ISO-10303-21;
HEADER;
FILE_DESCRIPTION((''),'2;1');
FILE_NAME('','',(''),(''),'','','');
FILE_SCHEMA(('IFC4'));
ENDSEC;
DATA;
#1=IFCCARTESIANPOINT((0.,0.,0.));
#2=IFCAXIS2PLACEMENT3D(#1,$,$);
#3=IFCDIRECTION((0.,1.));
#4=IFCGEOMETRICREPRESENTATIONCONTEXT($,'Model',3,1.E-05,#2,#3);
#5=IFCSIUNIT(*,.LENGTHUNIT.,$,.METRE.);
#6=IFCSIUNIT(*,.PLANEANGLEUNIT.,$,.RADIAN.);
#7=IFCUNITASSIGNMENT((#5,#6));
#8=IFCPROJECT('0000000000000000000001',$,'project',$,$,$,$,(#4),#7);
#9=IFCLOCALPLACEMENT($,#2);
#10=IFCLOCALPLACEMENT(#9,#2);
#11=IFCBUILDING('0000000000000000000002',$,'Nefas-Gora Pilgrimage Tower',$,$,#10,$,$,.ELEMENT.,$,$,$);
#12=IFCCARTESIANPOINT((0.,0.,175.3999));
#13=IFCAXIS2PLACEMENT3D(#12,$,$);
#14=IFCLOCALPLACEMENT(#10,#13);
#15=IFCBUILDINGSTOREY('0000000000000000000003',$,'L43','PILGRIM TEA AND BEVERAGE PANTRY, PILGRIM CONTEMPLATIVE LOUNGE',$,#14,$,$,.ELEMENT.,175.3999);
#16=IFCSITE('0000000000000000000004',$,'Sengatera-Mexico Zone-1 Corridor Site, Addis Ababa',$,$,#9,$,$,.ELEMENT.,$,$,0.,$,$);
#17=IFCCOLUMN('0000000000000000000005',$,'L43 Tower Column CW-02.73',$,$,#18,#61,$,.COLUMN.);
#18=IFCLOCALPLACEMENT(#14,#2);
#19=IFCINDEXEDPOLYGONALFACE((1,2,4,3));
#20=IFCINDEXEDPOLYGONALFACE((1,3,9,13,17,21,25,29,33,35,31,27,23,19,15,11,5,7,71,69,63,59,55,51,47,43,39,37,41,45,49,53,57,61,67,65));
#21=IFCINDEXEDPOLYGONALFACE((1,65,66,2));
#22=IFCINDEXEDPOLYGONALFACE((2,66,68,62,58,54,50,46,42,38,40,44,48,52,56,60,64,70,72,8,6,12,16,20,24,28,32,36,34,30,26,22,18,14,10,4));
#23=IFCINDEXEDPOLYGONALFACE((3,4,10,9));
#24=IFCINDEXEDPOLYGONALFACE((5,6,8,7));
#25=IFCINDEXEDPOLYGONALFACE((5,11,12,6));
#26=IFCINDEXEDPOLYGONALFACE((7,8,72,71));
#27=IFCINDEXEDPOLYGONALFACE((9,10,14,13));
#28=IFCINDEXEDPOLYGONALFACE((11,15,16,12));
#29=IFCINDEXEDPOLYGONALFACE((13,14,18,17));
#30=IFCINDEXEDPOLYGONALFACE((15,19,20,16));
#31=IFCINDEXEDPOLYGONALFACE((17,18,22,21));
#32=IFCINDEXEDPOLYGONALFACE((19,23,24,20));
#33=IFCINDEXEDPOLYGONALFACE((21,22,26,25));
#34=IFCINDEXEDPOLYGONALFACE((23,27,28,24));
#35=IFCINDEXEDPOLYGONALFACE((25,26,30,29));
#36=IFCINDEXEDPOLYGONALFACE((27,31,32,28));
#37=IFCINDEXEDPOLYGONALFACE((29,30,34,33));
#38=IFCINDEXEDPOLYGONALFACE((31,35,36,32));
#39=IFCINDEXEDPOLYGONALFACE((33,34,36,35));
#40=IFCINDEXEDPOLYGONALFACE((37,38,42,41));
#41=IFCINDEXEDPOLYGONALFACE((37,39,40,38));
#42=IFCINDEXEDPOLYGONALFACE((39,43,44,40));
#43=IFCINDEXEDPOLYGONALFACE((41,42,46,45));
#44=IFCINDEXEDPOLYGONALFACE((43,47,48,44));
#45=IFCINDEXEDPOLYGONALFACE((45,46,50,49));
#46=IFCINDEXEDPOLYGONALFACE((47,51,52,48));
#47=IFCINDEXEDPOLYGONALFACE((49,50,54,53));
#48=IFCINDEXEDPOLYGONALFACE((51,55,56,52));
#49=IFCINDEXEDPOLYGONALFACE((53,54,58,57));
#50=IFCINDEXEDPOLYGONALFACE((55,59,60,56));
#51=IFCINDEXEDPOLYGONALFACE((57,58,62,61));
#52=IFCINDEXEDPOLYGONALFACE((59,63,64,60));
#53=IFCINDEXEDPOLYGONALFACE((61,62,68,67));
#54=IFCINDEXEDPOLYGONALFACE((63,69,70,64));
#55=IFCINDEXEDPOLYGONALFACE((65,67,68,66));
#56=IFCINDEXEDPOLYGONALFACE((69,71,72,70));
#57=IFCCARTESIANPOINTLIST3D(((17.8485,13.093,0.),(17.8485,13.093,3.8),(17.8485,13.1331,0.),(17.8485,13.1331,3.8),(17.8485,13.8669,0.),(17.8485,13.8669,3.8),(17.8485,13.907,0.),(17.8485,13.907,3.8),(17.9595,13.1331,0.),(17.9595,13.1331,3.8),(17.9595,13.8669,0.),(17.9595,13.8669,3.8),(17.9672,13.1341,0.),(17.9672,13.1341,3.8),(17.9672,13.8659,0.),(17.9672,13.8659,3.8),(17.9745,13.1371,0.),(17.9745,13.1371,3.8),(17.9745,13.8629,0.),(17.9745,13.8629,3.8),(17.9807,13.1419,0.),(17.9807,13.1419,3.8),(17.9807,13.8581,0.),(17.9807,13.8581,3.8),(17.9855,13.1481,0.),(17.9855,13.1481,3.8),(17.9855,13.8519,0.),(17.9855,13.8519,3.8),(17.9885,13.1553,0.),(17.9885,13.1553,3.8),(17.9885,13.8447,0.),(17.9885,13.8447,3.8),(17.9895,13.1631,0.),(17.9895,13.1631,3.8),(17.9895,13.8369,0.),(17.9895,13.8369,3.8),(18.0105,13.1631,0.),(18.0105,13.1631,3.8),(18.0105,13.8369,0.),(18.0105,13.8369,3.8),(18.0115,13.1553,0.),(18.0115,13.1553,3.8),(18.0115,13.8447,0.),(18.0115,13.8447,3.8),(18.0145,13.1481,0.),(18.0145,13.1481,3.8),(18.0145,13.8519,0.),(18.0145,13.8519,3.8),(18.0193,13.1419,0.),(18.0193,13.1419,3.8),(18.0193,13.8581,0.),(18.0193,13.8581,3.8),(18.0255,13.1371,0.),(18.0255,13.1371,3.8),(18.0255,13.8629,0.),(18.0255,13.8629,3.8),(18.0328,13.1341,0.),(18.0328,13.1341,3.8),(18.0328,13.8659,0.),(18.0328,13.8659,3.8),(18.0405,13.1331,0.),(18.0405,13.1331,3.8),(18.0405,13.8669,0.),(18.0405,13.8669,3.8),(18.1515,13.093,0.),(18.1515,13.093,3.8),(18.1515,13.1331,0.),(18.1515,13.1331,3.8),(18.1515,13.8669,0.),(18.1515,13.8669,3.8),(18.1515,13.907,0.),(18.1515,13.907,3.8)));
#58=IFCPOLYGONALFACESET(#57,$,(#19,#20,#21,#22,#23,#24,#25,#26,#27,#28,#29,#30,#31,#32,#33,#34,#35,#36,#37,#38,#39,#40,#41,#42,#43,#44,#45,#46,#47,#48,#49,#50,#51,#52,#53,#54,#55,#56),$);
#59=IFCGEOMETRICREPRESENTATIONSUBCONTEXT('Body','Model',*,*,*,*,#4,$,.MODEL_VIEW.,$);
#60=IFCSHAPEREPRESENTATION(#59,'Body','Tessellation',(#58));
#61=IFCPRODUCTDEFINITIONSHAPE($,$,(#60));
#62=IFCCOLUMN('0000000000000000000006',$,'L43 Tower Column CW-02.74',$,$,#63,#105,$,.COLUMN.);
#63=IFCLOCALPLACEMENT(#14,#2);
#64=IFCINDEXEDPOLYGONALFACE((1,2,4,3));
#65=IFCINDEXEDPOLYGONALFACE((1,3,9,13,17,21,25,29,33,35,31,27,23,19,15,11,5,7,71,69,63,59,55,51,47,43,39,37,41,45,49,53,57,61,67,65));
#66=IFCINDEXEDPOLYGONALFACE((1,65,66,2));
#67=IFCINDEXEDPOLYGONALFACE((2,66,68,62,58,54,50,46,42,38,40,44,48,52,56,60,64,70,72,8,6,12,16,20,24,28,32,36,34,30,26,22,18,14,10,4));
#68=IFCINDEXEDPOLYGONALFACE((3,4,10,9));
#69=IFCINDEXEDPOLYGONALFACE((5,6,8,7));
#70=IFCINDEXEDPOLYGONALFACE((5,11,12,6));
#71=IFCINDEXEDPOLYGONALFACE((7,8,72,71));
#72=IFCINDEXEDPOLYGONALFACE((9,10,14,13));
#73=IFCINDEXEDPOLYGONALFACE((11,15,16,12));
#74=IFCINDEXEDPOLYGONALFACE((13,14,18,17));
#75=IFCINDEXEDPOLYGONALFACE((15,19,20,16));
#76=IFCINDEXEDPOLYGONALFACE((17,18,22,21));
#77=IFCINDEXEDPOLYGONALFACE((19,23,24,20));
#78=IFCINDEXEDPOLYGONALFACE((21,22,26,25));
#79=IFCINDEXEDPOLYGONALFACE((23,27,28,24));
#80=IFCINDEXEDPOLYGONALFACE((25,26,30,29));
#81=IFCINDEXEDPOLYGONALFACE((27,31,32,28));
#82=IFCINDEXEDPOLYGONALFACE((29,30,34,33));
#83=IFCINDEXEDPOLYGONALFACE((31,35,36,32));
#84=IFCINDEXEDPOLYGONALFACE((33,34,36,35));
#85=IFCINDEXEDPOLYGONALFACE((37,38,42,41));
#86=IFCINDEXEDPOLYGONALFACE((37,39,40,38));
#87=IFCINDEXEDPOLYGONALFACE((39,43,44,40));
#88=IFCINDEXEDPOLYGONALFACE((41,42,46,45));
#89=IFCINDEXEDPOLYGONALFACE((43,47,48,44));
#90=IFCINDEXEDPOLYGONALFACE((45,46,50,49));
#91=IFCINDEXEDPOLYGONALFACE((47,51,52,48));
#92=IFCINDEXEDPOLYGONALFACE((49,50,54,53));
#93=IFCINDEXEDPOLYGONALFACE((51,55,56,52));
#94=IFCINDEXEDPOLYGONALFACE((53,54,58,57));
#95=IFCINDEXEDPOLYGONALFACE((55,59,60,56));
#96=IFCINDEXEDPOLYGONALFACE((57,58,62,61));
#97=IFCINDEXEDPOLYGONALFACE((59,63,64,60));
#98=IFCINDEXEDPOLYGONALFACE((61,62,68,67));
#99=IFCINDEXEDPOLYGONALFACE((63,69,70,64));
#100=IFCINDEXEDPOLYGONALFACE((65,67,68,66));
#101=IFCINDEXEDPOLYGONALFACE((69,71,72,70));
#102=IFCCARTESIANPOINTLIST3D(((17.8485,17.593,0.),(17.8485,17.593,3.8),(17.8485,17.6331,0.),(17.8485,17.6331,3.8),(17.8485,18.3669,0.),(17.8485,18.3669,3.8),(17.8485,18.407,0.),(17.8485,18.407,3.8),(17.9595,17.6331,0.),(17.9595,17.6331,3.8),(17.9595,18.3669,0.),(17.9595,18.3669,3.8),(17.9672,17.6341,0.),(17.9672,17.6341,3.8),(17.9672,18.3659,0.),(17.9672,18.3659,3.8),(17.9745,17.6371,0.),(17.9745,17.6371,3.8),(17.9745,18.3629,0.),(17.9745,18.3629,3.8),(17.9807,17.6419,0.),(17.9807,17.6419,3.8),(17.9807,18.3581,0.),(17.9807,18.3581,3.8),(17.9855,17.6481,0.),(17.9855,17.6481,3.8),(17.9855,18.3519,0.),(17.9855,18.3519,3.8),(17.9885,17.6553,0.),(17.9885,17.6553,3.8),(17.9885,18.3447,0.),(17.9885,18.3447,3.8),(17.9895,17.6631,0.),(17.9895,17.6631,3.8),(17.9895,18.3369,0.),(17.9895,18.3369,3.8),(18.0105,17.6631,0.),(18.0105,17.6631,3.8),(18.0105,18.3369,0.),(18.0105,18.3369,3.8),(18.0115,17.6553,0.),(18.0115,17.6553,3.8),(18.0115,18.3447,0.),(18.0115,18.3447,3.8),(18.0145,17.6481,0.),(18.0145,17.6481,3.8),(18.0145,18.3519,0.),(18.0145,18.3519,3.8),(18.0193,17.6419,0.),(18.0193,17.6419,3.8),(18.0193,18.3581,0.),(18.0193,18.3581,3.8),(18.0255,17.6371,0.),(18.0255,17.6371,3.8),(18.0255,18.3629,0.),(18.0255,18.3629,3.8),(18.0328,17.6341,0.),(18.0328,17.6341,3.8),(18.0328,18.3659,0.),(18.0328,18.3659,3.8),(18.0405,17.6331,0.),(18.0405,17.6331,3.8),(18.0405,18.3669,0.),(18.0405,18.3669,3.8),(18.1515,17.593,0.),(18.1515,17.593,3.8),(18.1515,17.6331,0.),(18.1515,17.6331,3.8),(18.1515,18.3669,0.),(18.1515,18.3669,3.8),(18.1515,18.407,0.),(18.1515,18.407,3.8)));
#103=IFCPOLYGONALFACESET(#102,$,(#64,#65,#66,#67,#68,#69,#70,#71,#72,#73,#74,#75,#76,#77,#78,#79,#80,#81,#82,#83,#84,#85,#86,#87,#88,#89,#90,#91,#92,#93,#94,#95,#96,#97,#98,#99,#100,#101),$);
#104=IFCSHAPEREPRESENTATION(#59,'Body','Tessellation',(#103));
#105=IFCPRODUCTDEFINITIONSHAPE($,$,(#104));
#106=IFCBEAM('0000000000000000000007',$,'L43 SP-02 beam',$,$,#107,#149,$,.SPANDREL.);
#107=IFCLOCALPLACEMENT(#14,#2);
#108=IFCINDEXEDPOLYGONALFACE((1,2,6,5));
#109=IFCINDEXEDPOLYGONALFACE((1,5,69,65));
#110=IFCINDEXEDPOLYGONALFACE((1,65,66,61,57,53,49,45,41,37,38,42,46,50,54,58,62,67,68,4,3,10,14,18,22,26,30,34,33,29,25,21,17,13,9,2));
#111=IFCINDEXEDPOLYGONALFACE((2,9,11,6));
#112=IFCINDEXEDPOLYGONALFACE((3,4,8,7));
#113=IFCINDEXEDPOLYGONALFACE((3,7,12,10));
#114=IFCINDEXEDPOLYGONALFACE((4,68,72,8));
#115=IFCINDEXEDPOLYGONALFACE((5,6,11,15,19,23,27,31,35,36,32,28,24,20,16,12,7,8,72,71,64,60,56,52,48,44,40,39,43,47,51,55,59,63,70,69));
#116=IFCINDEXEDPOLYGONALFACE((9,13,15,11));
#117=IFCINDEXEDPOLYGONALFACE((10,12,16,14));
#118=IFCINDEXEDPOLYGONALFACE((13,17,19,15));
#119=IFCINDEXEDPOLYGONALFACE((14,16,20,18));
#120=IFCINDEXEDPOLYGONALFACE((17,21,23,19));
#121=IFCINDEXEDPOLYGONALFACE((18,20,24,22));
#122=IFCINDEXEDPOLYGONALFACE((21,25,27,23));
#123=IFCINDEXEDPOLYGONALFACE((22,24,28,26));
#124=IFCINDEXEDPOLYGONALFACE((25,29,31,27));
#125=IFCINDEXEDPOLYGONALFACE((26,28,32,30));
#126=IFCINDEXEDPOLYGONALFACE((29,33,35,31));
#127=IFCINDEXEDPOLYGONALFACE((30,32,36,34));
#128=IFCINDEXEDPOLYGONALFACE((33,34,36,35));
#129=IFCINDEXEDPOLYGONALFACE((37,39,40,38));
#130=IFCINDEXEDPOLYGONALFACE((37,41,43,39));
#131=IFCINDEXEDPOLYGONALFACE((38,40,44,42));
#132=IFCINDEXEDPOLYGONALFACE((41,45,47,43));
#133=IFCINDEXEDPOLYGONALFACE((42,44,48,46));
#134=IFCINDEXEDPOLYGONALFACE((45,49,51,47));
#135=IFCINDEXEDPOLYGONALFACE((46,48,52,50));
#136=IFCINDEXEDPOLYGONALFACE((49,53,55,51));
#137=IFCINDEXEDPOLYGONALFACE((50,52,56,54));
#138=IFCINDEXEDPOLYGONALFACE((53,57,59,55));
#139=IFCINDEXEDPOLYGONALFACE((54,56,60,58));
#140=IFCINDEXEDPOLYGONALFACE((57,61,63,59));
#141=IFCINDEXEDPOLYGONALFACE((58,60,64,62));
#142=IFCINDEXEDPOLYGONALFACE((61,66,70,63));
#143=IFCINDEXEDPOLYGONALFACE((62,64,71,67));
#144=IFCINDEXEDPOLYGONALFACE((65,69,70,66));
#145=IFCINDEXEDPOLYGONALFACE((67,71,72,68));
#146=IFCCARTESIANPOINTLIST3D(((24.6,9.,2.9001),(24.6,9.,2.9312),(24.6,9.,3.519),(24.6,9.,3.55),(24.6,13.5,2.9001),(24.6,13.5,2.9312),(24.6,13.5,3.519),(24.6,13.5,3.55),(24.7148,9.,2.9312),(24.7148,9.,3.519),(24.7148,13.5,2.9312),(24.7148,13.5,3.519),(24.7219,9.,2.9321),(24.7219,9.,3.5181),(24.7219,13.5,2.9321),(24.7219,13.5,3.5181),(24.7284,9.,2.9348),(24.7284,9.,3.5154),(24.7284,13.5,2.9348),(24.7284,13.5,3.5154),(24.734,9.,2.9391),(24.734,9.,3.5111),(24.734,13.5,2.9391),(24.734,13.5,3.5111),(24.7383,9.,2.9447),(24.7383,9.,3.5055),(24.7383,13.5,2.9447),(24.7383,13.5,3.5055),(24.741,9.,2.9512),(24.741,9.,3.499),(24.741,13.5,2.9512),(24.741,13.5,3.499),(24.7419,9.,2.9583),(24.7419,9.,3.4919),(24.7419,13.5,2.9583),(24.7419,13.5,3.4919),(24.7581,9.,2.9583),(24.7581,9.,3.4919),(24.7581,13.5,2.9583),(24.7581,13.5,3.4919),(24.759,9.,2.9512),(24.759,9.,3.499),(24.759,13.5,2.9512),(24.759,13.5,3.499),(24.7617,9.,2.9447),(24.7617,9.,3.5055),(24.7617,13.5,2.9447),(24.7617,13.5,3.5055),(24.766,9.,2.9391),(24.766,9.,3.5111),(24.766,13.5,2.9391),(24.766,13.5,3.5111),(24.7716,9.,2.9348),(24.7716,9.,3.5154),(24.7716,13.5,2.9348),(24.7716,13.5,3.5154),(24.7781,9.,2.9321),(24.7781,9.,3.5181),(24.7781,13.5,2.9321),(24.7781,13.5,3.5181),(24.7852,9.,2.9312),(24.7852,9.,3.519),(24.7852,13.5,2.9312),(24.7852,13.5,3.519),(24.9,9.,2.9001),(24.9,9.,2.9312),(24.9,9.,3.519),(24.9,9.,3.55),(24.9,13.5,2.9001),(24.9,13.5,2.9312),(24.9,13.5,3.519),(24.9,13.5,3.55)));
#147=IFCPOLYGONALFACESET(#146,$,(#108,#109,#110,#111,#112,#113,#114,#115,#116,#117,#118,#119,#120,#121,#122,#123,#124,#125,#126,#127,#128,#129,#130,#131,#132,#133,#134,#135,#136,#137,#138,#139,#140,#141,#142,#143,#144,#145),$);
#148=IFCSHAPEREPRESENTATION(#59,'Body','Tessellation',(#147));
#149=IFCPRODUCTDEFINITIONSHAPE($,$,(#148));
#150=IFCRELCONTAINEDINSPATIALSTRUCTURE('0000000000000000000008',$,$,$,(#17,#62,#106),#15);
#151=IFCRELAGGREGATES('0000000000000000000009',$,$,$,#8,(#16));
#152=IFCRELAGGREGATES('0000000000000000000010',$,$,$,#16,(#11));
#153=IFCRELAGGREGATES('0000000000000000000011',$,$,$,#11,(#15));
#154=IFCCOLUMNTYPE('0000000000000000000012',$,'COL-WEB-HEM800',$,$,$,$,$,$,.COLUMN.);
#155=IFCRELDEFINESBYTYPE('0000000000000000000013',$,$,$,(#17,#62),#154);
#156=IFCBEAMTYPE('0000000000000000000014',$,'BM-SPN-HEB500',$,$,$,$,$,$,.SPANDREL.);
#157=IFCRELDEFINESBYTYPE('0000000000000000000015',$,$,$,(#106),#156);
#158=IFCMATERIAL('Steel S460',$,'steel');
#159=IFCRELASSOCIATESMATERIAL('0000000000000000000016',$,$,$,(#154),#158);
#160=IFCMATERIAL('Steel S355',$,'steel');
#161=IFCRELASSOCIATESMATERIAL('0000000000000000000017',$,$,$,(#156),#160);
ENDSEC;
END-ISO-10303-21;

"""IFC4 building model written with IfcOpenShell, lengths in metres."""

from ifc_helpers import new_model, si_unit, direction, frame, origin, origin_2d, place, context, subcontext, project, spatial, i_section, extrude, source, transform, mapped, material, material_profile, profile_set, type_object, element, save


model = new_model("IFC4")

# Units and contexts
model_context = context("Model", 3, precision=1e-05, world=origin(), true_north=direction((0.0, 1.0)))
body_context = subcontext(model_context, "Body", "Model", "MODEL_VIEW")
ifc_project = project(units=[si_unit("LENGTHUNIT", "METRE"), si_unit("PLANEANGLEUNIT", "RADIAN")], contexts=[model_context])

# Site, building, storey
site_placement = place(None, origin())
site = spatial("IfcSite", under=ifc_project, at=site_placement, Name="Sengatera-Mexico Zone-1 Corridor Site, Addis Ababa", CompositionType="ELEMENT", RefElevation=0.0)
building_placement = place(site_placement, origin())
building = spatial("IfcBuilding", under=site, at=building_placement, Name="Nefas-Gora Pilgrimage Tower", CompositionType="ELEMENT")
storey_placement = place(building_placement, frame((0.0, 0.0, 175.3999)))
storey = spatial("IfcBuildingStorey", under=building, at=storey_placement, Name="L43", Description="PILGRIM TEA AND BEVERAGE PANTRY, PILGRIM CONTEMPLATIVE LOUNGE", CompositionType="ELEMENT", Elevation=175.3999)

# Columns
ifc_material_1 = material(Name="Steel S460", Category="steel")
ifc_material_profile_1 = material_profile(ifc_material_1, i_section(OverallWidth=0.303, OverallDepth=0.814, WebThickness=0.021, FlangeThickness=0.04, FilletRadius=0.03, at=origin_2d()), Name="HEM 800")
ifc_profile_set_1 = profile_set([ifc_material_profile_1], Name="Steel S460")
column_type_1 = type_object("IfcColumnType", Name="COL-WEB-HEM800", PredefinedType="COLUMN", material=ifc_profile_set_1)
shared_shape_1 = source(origin(), body_context, "Body", "SweptSolid", [
    extrude(i_section(OverallWidth=0.303, OverallDepth=0.814, WebThickness=0.021, FlangeThickness=0.04, FilletRadius=0.03, at=origin_2d()), origin(), (0.0, 0.0, 1.0), 3.8),
])
for number, where, z_axis, x_axis, name in (
    (1, (18.0, 13.5, 0.0), (0.0, 0.0, 1.0), (1.0, 0.0, 0.0), "L43 Tower Column CW-02.73"),
    (2, (18.0, 18.0, 0.0), (0.0, 0.0, 1.0), (1.0, 0.0, 0.0), "L43 Tower Column CW-02.74"),
):
    element("IfcColumn", number, at=place(storey_placement, frame(where, z_axis=z_axis, x_axis=x_axis)), inside=storey, type_object=column_type_1, Name=name, PredefinedType="COLUMN", context=body_context, shape_type="MappedRepresentation", body=[
        mapped(shared_shape_1, transform((0.0, 0.0, 0.0), x_axis=(1.0, 0.0, 0.0), y_axis=(0.0, 1.0, 0.0), z_axis=(0.0, 0.0, 1.0), scale=1.0)),
    ])

# Beam
ifc_material_2 = material(Name="Steel S355", Category="steel")
ifc_material_profile_2 = material_profile(ifc_material_2, i_section(OverallWidth=0.3, OverallDepth=0.6499, WebThickness=0.0161, FlangeThickness=0.031, FilletRadius=0.0271, at=origin_2d()), Name="HEB 650")
ifc_profile_set_2 = profile_set([ifc_material_profile_2], Name="Steel S355")
beam_type_1 = type_object("IfcBeamType", Name="BM-SPN-HEB500", PredefinedType="SPANDREL", material=ifc_profile_set_2)
shared_shape_2 = source(origin(), body_context, "Body", "SweptSolid", [
    extrude(i_section(OverallWidth=0.3, OverallDepth=0.6499, WebThickness=0.0161, FlangeThickness=0.031, FilletRadius=0.0271, at=origin_2d()), origin(), (0.0, 0.0, 1.0), 4.5),
])
beam_1_placement = place(storey_placement, frame((24.75, 9.0, 3.2251), z_axis=(0.0, 1.0, 0.0), x_axis=(-1.0, 0.0, 0.0)))
element("IfcBeam", 3, at=beam_1_placement, inside=storey, type_object=beam_type_1, Name="L43 SP-02 beam", PredefinedType="SPANDREL", context=body_context, shape_type="MappedRepresentation", body=[
    mapped(shared_shape_2, transform((0.0, 0.0, 0.0), x_axis=(1.0, 0.0, 0.0), y_axis=(0.0, 1.0, 0.0), z_axis=(0.0, 0.0, 1.0), scale=1.0)),
])

save(model, "model.ifc")
